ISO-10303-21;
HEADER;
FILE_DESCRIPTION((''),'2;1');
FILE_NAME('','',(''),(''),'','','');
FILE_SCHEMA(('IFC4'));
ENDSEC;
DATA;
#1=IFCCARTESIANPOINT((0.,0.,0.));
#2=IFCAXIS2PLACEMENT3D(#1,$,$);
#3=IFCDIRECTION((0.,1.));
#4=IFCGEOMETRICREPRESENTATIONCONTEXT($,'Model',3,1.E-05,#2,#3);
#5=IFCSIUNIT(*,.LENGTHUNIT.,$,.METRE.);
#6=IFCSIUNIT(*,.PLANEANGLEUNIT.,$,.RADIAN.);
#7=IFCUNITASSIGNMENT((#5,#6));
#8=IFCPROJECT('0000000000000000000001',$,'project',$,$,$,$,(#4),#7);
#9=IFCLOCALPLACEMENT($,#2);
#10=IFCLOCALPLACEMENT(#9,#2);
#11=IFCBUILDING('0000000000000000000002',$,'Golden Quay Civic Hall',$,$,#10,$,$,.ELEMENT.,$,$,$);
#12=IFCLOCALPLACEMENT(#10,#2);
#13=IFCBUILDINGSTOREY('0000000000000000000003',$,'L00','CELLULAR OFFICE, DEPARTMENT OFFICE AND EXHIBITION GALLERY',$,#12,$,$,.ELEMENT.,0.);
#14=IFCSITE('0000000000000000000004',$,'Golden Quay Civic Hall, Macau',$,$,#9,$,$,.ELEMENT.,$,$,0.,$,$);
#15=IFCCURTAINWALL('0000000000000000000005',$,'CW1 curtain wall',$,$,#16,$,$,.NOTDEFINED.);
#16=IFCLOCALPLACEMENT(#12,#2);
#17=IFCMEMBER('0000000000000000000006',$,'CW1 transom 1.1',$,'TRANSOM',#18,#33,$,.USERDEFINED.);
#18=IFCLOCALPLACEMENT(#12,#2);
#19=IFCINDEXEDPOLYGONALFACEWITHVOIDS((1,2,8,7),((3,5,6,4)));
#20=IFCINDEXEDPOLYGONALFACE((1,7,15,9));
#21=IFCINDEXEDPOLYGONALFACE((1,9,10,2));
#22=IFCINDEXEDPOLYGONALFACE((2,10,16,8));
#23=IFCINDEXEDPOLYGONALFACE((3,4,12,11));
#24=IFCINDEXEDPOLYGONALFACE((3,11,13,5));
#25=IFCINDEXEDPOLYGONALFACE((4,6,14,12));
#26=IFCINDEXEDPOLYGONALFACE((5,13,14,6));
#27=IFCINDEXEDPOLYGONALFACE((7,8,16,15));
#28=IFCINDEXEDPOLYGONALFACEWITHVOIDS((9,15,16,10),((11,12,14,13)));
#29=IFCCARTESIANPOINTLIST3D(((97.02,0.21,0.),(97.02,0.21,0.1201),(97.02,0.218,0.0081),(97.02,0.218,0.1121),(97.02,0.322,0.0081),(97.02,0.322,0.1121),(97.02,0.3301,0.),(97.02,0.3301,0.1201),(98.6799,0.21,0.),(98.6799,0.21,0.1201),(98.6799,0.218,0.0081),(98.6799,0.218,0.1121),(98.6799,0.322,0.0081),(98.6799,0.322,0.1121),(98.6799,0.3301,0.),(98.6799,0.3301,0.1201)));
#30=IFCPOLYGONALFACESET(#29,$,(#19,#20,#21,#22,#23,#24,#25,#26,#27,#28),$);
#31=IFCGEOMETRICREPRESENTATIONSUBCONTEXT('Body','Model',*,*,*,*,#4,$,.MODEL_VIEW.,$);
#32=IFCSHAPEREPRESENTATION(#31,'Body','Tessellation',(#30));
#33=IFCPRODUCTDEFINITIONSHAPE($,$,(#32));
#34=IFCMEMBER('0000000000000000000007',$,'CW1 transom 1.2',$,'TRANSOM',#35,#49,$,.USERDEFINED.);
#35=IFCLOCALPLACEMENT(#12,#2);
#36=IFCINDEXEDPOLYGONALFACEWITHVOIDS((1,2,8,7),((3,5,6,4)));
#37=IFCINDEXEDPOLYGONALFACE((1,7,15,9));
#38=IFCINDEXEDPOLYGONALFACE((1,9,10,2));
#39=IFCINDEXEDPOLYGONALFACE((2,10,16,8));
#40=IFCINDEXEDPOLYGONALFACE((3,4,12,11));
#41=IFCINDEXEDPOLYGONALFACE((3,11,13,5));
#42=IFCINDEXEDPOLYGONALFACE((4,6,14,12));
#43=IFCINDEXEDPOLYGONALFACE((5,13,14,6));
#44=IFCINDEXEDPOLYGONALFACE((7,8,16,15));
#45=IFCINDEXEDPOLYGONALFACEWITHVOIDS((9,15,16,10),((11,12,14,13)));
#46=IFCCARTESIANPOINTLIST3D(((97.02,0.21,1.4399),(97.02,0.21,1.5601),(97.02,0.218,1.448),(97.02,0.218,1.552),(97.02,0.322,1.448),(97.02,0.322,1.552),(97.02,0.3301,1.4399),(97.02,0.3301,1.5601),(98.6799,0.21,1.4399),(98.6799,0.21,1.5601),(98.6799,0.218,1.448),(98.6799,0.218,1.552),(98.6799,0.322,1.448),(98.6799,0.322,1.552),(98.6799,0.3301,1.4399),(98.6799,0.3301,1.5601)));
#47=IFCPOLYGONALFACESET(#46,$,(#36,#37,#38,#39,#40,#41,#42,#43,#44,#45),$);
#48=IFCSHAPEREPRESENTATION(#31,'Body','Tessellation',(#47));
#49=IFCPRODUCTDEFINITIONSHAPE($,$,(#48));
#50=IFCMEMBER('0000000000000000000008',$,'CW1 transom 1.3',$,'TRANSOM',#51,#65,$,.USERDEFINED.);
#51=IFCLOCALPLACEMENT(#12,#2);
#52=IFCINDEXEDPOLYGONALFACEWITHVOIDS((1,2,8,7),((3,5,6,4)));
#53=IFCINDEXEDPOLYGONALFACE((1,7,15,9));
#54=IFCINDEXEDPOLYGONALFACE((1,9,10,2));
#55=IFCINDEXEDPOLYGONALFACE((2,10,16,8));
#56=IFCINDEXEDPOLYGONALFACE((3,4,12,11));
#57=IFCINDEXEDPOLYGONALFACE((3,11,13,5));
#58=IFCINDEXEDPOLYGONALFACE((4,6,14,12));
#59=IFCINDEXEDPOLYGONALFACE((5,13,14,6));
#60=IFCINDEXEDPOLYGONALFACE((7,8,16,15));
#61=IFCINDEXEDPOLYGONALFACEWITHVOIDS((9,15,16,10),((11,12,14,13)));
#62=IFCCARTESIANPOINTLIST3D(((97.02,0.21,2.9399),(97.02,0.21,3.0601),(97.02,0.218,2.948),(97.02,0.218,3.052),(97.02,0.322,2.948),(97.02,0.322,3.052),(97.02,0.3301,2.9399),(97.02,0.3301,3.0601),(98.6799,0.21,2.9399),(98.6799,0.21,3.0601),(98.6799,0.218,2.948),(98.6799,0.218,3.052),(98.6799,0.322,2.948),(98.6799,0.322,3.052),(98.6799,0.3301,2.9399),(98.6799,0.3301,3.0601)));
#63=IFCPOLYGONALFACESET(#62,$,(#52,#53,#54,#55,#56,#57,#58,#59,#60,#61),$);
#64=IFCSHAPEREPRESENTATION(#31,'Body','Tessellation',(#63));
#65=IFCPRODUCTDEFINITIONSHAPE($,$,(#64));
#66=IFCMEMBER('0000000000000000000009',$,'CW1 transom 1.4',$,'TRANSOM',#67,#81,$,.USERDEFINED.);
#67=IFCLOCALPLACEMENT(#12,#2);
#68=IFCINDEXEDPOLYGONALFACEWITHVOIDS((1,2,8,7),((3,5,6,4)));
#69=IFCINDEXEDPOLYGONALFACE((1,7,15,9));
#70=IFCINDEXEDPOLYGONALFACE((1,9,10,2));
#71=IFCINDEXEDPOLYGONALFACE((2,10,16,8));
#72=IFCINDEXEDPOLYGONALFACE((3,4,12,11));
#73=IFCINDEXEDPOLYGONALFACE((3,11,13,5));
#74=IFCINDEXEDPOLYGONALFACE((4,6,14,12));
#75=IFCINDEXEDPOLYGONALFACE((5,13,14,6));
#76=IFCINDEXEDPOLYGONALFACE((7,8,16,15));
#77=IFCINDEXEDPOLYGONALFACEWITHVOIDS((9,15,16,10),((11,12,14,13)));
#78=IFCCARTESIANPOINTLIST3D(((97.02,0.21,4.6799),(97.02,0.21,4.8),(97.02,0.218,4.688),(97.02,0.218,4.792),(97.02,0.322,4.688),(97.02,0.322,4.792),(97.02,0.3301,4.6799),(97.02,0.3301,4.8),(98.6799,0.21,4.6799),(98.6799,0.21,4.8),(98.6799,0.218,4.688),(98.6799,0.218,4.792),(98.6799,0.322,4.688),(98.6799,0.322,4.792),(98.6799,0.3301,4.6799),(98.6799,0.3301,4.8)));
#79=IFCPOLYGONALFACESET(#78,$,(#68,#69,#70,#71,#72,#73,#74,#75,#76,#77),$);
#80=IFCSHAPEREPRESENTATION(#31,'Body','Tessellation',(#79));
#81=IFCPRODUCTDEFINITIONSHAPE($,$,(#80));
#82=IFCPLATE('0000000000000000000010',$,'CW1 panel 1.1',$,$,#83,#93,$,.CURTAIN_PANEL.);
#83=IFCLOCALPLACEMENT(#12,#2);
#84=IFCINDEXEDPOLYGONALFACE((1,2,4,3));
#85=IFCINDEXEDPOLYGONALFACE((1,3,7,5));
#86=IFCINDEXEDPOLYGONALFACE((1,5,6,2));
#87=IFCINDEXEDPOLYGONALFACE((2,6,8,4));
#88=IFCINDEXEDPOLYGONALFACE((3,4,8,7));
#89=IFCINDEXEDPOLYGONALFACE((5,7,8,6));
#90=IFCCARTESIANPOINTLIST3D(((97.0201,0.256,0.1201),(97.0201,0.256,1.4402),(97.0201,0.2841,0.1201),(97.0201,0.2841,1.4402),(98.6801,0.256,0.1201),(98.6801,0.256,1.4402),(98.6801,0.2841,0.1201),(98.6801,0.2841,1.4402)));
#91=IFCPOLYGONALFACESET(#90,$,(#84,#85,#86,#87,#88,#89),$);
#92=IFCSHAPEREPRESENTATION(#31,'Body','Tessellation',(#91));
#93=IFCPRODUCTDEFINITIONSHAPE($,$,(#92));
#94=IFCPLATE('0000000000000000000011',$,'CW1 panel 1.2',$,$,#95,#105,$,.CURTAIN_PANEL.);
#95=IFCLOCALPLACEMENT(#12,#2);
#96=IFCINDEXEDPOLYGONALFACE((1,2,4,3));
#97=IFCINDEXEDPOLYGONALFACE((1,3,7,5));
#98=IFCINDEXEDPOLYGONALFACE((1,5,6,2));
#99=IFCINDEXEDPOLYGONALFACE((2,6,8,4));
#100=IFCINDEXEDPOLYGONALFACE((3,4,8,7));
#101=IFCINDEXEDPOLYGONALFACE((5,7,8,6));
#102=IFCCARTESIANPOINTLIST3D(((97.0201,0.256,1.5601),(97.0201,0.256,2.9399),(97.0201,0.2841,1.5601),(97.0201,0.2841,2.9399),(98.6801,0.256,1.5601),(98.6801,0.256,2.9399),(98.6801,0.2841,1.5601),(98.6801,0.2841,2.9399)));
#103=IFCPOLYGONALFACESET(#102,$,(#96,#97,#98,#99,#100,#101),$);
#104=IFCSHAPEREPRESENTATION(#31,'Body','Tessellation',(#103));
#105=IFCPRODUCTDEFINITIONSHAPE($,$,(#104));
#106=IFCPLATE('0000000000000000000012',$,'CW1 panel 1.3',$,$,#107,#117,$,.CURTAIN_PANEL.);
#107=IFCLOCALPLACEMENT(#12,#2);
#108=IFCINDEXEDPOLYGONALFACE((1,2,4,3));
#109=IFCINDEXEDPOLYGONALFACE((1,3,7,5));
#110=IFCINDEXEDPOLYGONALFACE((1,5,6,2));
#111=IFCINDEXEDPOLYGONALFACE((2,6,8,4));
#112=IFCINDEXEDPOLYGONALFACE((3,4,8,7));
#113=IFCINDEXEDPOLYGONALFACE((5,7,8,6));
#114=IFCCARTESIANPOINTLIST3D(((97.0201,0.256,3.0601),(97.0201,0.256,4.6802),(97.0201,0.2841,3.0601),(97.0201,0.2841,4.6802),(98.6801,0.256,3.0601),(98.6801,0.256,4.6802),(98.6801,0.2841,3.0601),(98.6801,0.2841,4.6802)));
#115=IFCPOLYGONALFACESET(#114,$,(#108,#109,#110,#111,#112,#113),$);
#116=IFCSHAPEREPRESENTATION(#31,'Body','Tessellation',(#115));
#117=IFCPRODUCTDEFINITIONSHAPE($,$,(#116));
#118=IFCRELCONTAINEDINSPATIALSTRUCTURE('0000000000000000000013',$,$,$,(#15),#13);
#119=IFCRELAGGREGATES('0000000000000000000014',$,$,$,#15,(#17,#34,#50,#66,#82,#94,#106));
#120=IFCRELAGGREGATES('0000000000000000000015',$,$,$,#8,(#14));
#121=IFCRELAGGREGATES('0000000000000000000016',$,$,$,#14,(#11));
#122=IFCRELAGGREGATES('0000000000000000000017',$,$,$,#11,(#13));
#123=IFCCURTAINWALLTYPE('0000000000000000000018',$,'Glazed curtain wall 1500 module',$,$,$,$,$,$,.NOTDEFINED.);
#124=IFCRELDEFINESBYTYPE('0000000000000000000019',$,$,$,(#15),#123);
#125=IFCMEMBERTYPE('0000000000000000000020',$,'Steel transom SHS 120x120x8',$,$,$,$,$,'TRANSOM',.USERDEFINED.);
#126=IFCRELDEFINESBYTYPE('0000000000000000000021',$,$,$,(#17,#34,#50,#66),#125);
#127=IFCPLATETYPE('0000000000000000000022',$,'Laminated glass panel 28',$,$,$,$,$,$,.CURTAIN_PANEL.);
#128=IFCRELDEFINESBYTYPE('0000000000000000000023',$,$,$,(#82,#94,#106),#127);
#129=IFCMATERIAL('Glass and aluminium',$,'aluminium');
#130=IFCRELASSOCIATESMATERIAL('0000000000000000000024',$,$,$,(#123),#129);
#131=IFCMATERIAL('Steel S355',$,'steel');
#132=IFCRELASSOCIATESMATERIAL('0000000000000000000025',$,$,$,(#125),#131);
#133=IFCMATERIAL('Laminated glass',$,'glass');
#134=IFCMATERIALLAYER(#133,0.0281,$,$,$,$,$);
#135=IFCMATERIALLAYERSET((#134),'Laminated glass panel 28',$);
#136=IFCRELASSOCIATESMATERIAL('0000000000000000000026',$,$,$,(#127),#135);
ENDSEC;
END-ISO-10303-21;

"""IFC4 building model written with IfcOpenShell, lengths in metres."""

from ifc_helpers import new_model, si_unit, direction, frame, origin, origin_2d, place, context, subcontext, project, spatial, rectangle, hollow_rectangle, extrude, material, layer, layer_set, material_profile, profile_set, type_object, element, aggregate, save


model = new_model("IFC4")

# Units and contexts
model_context = context("Model", 3, precision=1e-05, world=origin(), true_north=direction((0.0, 1.0)))
body_context = subcontext(model_context, "Body", "Model", "MODEL_VIEW")
ifc_project = project(units=[si_unit("LENGTHUNIT", "METRE"), si_unit("PLANEANGLEUNIT", "RADIAN")], contexts=[model_context])

# Site, building, storey
site_placement = place(None, origin())
site = spatial("IfcSite", under=ifc_project, at=site_placement, Name="Golden Quay Civic Hall, Macau", CompositionType="ELEMENT", RefElevation=0.0)
building_placement = place(site_placement, origin())
building = spatial("IfcBuilding", under=site, at=building_placement, Name="Golden Quay Civic Hall", CompositionType="ELEMENT")
storey_placement = place(building_placement, origin())
storey = spatial("IfcBuildingStorey", under=building, at=storey_placement, Name="L00", Description="CELLULAR OFFICE, DEPARTMENT OFFICE AND EXHIBITION GALLERY", CompositionType="ELEMENT", Elevation=0.0)

# Curtain wall, members, plates
ifc_material_1 = material(Name="Glass and aluminium", Category="aluminium")
curtain_wall_type = type_object("IfcCurtainWallType", Name="Glazed curtain wall 1500 module", PredefinedType="NOTDEFINED", material=ifc_material_1)
curtain_wall_placement = place(storey_placement, origin())
curtain_wall = element("IfcCurtainWall", 1, at=curtain_wall_placement, inside=storey, type_object=curtain_wall_type, Name="CW1 curtain wall", PredefinedType="NOTDEFINED")
ifc_material_2 = material(Name="Steel S355", Category="steel")
ifc_material_profile_1 = material_profile(ifc_material_2, hollow_rectangle(XDim=0.1201, YDim=0.1201, WallThickness=0.0081, at=origin_2d()), Name="SHS 120x120x8")
ifc_profile_set_1 = profile_set([ifc_material_profile_1], Name="Steel S355")
member_type_1 = type_object("IfcMemberType", Name="Steel transom SHS 120x120x8", ElementType="TRANSOM", PredefinedType="USERDEFINED", material=ifc_profile_set_1)
member_1_placement = place(storey_placement, frame((97.02, 0.27, 0.0601), z_axis=(1.0, 0.0, 0.0), x_axis=(0.0, 1.0, 0.0)))
member_1 = element("IfcMember", 2, at=member_1_placement, type_object=member_type_1, Name="CW1 transom 1.1", ObjectType="TRANSOM", PredefinedType="USERDEFINED", context=body_context, shape_type="SweptSolid", body=[
    extrude(hollow_rectangle(XDim=0.1201, YDim=0.1201, WallThickness=0.0081, at=origin_2d()), origin(), (0.0, 0.0, 1.0), 1.6599),
])
member_2_placement = place(storey_placement, frame((97.02, 0.27, 1.5), z_axis=(1.0, 0.0, 0.0), x_axis=(0.0, 1.0, 0.0)))
member_2 = element("IfcMember", 3, at=member_2_placement, type_object=member_type_1, Name="CW1 transom 1.2", ObjectType="TRANSOM", PredefinedType="USERDEFINED", context=body_context, shape_type="SweptSolid", body=[
    extrude(hollow_rectangle(XDim=0.1201, YDim=0.1201, WallThickness=0.0081, at=origin_2d()), origin(), (0.0, 0.0, 1.0), 1.6599),
])
member_3_placement = place(storey_placement, frame((97.02, 0.27, 3.0), z_axis=(1.0, 0.0, 0.0), x_axis=(0.0, 1.0, 0.0)))
member_3 = element("IfcMember", 4, at=member_3_placement, type_object=member_type_1, Name="CW1 transom 1.3", ObjectType="TRANSOM", PredefinedType="USERDEFINED", context=body_context, shape_type="SweptSolid", body=[
    extrude(hollow_rectangle(XDim=0.1201, YDim=0.1201, WallThickness=0.0081, at=origin_2d()), origin(), (0.0, 0.0, 1.0), 1.6599),
])
member_4_placement = place(storey_placement, frame((97.02, 0.27, 4.74), z_axis=(1.0, 0.0, 0.0), x_axis=(0.0, 1.0, 0.0)))
member_4 = element("IfcMember", 5, at=member_4_placement, type_object=member_type_1, Name="CW1 transom 1.4", ObjectType="TRANSOM", PredefinedType="USERDEFINED", context=body_context, shape_type="SweptSolid", body=[
    extrude(hollow_rectangle(XDim=0.1201, YDim=0.1201, WallThickness=0.0081, at=origin_2d()), origin(), (0.0, 0.0, 1.0), 1.6599),
])
ifc_material_3 = material(Name="Laminated glass", Category="glass")
ifc_layer_1 = layer(ifc_material_3, 0.0281)
ifc_layer_set_1 = layer_set([ifc_layer_1], Name="Laminated glass panel 28")
plate_type = type_object("IfcPlateType", Name="Laminated glass panel 28", PredefinedType="CURTAIN_PANEL", material=ifc_layer_set_1)
plate_1_placement = place(storey_placement, frame((97.8501, 0.27, 0.1201), z_axis=(0.0, 0.0, 1.0), x_axis=(1.0, 0.0, 0.0)))
plate_1 = element("IfcPlate", 6, at=plate_1_placement, type_object=plate_type, Name="CW1 panel 1.1", PredefinedType="CURTAIN_PANEL", context=body_context, shape_type="SweptSolid", body=[
    extrude(rectangle(XDim=1.6599, YDim=0.0281, at=origin_2d()), origin(), (0.0, 0.0, 1.0), 1.3201),
])
plate_2_placement = place(storey_placement, frame((97.8501, 0.27, 1.5601), z_axis=(0.0, 0.0, 1.0), x_axis=(1.0, 0.0, 0.0)))
plate_2 = element("IfcPlate", 7, at=plate_2_placement, type_object=plate_type, Name="CW1 panel 1.2", PredefinedType="CURTAIN_PANEL", context=body_context, shape_type="SweptSolid", body=[
    extrude(rectangle(XDim=1.6599, YDim=0.0281, at=origin_2d()), origin(), (0.0, 0.0, 1.0), 1.3799),
])
plate_3_placement = place(storey_placement, frame((97.8501, 0.27, 3.0601), z_axis=(0.0, 0.0, 1.0), x_axis=(1.0, 0.0, 0.0)))
plate_3 = element("IfcPlate", 8, at=plate_3_placement, type_object=plate_type, Name="CW1 panel 1.3", PredefinedType="CURTAIN_PANEL", context=body_context, shape_type="SweptSolid", body=[
    extrude(rectangle(XDim=1.6599, YDim=0.0281, at=origin_2d()), origin(), (0.0, 0.0, 1.0), 1.6201),
])
aggregate(curtain_wall, [member_1, member_2, member_3, member_4, plate_1, plate_2, plate_3])

save(model, "model.ifc")
